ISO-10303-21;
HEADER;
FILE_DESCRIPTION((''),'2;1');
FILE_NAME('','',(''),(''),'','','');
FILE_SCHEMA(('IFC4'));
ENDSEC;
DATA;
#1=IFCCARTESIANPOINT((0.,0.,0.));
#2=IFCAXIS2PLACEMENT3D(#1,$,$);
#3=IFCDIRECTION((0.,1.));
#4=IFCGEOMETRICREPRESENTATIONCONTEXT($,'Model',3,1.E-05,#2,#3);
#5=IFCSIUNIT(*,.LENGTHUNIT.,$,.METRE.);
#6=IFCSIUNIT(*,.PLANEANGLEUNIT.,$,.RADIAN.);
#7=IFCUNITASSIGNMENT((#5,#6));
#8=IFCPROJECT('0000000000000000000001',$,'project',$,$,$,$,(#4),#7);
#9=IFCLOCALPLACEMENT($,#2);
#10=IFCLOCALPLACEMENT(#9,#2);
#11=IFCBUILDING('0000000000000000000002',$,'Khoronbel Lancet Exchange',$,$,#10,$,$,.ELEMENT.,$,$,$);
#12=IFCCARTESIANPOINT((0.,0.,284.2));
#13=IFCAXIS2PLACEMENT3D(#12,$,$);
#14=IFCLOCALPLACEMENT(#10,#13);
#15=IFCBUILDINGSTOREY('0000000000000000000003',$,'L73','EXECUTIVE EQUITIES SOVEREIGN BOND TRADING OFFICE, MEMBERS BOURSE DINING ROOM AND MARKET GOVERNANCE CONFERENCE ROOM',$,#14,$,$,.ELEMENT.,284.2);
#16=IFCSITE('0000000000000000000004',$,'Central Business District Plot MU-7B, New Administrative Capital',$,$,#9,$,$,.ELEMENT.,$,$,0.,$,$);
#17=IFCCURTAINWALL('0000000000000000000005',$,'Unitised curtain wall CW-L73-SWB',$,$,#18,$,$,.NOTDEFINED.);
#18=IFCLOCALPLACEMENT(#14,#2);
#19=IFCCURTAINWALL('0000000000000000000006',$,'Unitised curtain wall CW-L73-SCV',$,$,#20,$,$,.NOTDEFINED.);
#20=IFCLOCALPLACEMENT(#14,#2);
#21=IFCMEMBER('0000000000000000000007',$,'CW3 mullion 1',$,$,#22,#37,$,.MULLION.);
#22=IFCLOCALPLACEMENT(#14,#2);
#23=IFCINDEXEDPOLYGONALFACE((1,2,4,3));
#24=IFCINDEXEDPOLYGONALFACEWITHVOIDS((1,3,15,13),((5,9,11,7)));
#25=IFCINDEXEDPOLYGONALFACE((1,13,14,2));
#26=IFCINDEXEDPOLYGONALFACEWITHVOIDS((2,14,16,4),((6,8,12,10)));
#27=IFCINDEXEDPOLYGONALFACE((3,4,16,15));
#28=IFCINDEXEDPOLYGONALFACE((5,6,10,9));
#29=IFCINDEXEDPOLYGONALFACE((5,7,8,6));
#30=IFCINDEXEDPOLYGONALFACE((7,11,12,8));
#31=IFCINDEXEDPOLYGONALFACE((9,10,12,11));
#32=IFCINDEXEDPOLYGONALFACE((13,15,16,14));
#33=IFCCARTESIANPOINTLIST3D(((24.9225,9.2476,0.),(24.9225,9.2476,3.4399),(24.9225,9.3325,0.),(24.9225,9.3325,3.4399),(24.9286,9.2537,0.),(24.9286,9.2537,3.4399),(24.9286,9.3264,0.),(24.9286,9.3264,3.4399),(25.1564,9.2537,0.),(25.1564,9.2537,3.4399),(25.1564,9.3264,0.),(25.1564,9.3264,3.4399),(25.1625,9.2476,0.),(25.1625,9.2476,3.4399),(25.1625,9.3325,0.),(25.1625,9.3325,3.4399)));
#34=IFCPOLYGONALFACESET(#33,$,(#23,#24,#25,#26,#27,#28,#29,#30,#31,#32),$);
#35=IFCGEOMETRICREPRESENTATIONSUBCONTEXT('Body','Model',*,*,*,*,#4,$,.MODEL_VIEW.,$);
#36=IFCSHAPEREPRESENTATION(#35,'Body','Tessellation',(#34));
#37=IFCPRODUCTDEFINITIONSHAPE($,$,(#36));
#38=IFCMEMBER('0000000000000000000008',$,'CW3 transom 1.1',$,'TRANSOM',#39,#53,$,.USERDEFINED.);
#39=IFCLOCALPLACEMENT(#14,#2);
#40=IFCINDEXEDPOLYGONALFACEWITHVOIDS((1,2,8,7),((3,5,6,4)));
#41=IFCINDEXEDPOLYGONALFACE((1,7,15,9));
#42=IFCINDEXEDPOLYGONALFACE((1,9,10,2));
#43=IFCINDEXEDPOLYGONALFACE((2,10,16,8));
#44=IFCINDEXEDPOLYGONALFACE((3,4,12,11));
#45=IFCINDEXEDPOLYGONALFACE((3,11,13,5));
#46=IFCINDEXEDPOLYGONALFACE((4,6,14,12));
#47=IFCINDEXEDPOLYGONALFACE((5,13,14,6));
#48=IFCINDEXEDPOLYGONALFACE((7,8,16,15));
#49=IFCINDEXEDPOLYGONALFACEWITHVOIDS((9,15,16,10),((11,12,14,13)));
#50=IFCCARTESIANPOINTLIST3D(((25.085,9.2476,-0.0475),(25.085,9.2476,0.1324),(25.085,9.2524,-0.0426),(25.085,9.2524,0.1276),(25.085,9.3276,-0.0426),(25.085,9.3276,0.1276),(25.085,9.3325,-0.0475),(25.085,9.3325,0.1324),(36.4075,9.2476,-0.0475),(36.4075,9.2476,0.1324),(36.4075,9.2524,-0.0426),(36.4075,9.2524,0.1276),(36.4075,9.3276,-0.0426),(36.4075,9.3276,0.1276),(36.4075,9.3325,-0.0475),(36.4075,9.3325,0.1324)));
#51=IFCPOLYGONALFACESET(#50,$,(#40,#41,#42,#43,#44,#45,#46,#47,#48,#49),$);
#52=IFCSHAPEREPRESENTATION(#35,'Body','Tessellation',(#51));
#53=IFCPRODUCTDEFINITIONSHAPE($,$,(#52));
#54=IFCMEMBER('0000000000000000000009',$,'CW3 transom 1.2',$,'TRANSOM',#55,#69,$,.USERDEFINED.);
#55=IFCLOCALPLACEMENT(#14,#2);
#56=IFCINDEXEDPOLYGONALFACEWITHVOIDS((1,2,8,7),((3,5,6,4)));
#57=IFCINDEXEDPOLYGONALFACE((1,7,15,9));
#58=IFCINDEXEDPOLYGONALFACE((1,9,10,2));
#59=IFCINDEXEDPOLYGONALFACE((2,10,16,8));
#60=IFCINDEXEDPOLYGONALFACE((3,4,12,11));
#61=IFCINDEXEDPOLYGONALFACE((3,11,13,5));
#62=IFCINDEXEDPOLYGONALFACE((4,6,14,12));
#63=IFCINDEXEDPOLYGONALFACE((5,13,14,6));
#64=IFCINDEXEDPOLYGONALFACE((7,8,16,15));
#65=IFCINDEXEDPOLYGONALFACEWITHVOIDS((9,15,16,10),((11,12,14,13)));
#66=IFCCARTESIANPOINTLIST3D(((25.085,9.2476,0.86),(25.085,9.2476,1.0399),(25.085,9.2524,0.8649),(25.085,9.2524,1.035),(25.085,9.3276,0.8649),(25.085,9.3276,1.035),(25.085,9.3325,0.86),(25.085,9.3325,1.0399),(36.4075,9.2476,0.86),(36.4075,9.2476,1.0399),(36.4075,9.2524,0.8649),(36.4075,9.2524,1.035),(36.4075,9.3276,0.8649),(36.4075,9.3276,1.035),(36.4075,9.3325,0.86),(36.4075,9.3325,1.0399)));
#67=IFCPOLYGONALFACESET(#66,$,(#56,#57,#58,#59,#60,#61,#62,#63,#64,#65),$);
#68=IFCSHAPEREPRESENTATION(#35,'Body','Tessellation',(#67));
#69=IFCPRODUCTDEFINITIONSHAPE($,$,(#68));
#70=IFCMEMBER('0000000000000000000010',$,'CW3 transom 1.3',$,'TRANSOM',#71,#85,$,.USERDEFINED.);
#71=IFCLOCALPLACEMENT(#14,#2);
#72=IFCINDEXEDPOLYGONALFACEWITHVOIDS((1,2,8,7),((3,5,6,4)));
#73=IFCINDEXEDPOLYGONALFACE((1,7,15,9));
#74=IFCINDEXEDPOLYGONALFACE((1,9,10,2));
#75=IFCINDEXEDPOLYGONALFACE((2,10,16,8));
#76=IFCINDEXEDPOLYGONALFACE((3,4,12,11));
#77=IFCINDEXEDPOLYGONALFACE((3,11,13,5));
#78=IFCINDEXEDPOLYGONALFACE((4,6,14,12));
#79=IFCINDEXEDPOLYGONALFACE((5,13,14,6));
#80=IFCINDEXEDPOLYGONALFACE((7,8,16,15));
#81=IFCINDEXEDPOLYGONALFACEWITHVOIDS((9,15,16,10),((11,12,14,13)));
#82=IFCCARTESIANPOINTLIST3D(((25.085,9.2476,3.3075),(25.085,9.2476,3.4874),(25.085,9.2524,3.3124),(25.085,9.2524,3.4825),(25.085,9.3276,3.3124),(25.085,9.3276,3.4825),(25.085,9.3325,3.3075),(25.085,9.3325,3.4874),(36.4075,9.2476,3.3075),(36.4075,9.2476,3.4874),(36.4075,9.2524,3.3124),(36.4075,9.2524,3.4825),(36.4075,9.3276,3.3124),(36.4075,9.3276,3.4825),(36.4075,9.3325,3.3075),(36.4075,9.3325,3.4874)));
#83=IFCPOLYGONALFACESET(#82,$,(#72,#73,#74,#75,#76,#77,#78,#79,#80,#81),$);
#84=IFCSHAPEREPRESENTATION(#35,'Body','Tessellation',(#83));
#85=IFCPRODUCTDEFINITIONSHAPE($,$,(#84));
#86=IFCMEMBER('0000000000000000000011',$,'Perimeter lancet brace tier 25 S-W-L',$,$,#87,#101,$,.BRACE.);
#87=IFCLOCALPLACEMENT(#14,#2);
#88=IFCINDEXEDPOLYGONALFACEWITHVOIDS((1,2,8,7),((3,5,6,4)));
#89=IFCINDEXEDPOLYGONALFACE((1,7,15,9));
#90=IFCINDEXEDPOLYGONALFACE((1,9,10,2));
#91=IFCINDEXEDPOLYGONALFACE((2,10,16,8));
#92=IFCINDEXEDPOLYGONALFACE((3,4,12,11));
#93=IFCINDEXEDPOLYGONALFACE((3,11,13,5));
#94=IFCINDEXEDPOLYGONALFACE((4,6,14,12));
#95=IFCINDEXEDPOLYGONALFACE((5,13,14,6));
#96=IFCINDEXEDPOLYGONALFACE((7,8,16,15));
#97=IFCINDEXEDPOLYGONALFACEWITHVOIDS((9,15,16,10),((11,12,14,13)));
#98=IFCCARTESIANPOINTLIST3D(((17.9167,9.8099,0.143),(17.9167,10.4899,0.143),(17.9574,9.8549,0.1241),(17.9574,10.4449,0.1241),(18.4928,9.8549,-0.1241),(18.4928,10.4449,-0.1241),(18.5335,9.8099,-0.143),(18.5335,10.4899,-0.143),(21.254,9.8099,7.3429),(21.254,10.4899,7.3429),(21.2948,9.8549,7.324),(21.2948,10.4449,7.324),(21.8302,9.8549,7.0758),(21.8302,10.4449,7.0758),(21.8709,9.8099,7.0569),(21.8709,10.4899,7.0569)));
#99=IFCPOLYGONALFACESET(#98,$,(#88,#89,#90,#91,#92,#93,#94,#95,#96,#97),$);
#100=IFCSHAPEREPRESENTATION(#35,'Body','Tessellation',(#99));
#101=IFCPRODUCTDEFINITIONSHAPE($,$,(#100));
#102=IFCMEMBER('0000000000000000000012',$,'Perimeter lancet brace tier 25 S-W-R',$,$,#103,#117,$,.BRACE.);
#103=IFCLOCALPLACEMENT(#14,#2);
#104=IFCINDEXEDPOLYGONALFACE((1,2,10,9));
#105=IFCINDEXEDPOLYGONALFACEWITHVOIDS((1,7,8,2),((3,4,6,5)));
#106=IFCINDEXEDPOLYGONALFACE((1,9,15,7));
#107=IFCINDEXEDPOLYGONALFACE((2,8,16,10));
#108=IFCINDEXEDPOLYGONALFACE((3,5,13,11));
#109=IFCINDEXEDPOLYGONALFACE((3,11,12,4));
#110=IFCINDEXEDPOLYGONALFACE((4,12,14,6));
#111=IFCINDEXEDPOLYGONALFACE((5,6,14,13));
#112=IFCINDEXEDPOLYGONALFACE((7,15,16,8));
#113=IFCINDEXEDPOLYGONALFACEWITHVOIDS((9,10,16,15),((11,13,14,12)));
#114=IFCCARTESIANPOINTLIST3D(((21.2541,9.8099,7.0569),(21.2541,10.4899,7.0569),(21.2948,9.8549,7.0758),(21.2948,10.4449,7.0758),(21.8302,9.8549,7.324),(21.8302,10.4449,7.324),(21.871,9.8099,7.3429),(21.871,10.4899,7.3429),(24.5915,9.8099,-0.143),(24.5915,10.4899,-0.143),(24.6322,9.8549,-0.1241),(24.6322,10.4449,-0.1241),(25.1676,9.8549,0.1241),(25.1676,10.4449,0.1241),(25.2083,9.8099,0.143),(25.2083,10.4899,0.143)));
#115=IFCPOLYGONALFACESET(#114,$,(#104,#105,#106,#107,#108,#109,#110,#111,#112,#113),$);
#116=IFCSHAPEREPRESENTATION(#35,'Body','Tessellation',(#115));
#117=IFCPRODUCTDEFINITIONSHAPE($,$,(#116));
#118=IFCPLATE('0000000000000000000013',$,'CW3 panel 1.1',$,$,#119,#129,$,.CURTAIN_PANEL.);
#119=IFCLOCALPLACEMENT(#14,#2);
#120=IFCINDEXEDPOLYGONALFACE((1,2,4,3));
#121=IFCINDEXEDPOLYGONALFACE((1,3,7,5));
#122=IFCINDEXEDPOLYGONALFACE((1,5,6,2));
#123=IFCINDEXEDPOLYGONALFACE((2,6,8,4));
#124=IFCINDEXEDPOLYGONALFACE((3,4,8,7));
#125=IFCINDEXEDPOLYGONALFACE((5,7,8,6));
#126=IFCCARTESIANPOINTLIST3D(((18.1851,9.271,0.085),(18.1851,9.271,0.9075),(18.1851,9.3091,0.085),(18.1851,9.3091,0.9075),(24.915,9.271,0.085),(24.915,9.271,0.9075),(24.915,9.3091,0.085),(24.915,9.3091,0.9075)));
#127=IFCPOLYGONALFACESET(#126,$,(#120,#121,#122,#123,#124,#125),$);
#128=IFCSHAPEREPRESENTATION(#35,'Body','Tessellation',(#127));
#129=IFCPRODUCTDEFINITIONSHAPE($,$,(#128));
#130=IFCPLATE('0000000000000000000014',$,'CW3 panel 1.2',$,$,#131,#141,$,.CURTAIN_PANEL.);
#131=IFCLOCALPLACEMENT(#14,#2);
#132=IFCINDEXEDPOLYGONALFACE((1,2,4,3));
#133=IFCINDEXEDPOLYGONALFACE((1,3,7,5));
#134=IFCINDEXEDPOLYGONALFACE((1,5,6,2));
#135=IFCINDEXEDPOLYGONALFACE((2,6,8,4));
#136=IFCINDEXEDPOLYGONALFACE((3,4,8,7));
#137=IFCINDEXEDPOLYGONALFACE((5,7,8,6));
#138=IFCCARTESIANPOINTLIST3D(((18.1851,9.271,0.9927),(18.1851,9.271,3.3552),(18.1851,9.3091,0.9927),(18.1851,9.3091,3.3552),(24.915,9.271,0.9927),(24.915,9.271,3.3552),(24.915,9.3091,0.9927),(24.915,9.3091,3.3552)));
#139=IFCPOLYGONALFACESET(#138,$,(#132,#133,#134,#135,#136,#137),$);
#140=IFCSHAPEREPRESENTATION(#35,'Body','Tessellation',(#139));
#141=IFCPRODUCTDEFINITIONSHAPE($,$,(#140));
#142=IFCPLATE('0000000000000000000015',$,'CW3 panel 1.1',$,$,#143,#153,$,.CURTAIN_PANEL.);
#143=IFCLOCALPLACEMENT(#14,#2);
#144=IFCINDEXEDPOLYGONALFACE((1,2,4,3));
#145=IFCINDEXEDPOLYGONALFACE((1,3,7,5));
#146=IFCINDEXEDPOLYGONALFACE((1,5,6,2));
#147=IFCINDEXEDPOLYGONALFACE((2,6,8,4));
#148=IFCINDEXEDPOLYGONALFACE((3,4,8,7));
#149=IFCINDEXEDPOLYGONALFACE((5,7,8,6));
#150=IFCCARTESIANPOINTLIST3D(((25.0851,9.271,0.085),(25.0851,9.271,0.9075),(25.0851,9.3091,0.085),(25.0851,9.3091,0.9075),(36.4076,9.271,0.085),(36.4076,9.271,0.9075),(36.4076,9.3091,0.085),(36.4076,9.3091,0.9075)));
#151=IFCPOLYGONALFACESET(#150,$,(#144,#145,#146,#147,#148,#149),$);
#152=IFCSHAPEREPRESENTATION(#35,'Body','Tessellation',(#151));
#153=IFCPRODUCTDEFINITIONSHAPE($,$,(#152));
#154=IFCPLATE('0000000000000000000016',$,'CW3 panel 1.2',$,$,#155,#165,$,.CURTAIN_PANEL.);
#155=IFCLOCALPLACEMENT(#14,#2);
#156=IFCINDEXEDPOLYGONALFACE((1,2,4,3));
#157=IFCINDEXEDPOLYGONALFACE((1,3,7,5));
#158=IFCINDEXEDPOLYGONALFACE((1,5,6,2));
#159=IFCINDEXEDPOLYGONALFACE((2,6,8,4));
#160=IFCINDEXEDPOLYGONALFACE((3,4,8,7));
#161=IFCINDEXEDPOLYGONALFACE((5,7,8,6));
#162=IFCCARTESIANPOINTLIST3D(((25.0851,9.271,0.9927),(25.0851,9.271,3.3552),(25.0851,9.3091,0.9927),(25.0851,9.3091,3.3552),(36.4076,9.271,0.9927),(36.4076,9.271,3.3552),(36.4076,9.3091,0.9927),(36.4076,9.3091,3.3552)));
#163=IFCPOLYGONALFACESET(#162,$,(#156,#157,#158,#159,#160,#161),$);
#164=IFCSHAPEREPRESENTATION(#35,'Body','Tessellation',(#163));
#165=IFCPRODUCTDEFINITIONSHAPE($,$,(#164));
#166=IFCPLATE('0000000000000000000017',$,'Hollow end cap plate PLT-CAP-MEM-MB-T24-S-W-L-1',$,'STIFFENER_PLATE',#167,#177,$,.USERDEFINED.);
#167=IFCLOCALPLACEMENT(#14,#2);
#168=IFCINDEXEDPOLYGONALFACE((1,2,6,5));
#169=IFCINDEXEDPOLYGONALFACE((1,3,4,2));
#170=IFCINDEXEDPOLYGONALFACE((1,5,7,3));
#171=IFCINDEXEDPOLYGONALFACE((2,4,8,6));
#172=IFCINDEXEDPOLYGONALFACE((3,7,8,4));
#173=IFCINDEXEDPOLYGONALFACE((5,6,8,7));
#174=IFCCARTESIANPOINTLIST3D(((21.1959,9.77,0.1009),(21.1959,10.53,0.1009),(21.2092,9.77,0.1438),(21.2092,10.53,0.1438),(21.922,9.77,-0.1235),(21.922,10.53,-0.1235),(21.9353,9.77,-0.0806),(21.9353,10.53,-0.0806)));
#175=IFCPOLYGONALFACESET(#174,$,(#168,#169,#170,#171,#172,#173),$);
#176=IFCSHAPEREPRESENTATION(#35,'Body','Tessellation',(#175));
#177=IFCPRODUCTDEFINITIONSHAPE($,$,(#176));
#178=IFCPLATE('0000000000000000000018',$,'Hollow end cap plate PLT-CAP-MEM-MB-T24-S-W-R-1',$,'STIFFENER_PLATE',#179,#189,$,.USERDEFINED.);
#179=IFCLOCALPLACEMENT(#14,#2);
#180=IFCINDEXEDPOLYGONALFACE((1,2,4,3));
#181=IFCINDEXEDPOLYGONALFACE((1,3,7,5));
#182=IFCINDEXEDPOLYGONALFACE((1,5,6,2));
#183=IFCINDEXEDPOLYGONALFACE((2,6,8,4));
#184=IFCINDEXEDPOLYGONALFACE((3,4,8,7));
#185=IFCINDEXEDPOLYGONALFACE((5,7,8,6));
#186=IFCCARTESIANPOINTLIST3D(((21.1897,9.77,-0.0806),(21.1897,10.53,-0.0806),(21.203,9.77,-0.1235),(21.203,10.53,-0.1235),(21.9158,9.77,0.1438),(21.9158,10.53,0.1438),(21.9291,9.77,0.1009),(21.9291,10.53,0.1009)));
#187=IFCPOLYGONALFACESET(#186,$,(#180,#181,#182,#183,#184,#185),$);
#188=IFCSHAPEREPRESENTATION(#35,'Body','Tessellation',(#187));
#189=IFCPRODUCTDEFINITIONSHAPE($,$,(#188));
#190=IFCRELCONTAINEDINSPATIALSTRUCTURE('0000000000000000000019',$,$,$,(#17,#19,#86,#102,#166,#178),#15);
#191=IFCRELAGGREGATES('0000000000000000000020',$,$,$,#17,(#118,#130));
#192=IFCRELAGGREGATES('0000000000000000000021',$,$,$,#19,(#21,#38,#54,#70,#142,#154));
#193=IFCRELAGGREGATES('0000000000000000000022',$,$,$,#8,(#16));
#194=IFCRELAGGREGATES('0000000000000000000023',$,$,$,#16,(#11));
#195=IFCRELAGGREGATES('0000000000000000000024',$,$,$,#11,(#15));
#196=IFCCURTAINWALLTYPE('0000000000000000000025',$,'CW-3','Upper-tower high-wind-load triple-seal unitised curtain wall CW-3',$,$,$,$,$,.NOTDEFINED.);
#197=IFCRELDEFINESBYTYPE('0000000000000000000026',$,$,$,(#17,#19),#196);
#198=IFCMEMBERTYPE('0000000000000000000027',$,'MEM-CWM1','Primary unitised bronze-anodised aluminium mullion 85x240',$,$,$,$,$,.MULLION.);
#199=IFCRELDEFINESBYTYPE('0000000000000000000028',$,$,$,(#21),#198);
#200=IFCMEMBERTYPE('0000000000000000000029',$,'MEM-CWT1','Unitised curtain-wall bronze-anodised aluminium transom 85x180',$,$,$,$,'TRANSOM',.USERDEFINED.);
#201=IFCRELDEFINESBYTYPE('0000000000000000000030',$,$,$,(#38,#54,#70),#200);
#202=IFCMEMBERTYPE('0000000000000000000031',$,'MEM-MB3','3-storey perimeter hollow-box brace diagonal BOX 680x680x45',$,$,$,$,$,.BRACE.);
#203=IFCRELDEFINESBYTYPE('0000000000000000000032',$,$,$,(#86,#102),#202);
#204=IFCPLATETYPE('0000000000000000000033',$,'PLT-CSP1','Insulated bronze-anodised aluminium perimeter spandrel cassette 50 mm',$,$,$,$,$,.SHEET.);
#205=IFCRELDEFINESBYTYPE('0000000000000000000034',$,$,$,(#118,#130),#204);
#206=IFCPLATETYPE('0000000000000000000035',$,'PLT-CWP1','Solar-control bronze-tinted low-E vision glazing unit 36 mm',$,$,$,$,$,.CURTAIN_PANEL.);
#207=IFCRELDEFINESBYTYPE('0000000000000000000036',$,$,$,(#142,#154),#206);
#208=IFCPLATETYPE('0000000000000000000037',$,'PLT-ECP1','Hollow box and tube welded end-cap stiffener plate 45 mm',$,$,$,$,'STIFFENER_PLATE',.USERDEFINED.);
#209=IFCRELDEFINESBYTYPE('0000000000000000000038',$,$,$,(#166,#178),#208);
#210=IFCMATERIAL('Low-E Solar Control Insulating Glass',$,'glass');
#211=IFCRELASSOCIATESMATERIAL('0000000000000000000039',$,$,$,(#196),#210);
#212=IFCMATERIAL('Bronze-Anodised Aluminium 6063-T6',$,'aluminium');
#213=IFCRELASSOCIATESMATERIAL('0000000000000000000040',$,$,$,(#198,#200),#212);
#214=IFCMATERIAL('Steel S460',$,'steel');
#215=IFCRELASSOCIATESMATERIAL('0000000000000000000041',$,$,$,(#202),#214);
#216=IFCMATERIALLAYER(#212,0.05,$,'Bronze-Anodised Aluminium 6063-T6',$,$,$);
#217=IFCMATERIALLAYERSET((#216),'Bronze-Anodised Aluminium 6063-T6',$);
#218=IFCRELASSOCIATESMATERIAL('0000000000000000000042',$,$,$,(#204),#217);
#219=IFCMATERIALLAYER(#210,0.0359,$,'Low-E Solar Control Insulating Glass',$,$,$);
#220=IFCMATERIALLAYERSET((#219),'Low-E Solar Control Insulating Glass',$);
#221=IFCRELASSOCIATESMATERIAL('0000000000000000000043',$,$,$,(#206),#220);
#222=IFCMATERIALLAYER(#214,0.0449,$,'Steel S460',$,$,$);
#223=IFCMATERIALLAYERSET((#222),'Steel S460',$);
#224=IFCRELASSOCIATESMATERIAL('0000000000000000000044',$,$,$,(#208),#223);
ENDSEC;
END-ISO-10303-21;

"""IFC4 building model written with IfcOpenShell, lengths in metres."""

from ifc_helpers import new_model, si_unit, direction, frame, origin, origin_2d, place, context, subcontext, project, spatial, polyline, rectangle, hollow_rectangle, outline, extrude, material, layer, layer_set, material_profile, profile_set, type_object, element, aggregate, save


model = new_model("IFC4")

# Units and contexts
model_context = context("Model", 3, precision=1e-05, world=origin(), true_north=direction((0.0, 1.0)))
body_context = subcontext(model_context, "Body", "Model", "MODEL_VIEW")
ifc_project = project(units=[si_unit("LENGTHUNIT", "METRE"), si_unit("PLANEANGLEUNIT", "RADIAN")], contexts=[model_context])

# Site, building, storey
site_placement = place(None, origin())
site = spatial("IfcSite", under=ifc_project, at=site_placement, Name="Central Business District Plot MU-7B, New Administrative Capital", CompositionType="ELEMENT", RefElevation=0.0)
building_placement = place(site_placement, origin())
building = spatial("IfcBuilding", under=site, at=building_placement, Name="Khoronbel Lancet Exchange", CompositionType="ELEMENT")
storey_placement = place(building_placement, frame((0.0, 0.0, 284.2)))
storey = spatial("IfcBuildingStorey", under=building, at=storey_placement, Name="L73", Description="EXECUTIVE EQUITIES SOVEREIGN BOND TRADING OFFICE, MEMBERS BOURSE DINING ROOM AND MARKET GOVERNANCE CONFERENCE ROOM", CompositionType="ELEMENT", Elevation=284.2)

# Shared definitions
ifc_material_1 = material(Name="Steel S460", Category="steel")

# Curtain wall
ifc_material_2 = material(Name="Low-E Solar Control Insulating Glass", Category="glass")
curtain_wall_type = type_object("IfcCurtainWallType", Name="CW-3", Description="Upper-tower high-wind-load triple-seal unitised curtain wall CW-3", PredefinedType="NOTDEFINED", material=ifc_material_2)
curtain_wall_1_placement = place(storey_placement, origin())
curtain_wall_1 = element("IfcCurtainWall", 1, at=curtain_wall_1_placement, inside=storey, type_object=curtain_wall_type, Name="Unitised curtain wall CW-L73-SWB", PredefinedType="NOTDEFINED")
ifc_material_3 = material(Name="Bronze-Anodised Aluminium 6063-T6", Category="aluminium")
ifc_material_profile_1 = material_profile(ifc_material_3, hollow_rectangle(XDim=0.085, YDim=0.24, WallThickness=0.0061, at=origin_2d()), Name="ALU MULLION 85x240")
ifc_profile_set_1 = profile_set([ifc_material_profile_1], Name="Bronze-Anodised Aluminium 6063-T6")
member_type_1 = type_object("IfcMemberType", Name="MEM-CWM1", Description="Primary unitised bronze-anodised aluminium mullion 85x240", PredefinedType="MULLION", material=ifc_profile_set_1)

# Curtain wall, members
curtain_wall_2_placement = place(storey_placement, origin())
curtain_wall_2 = element("IfcCurtainWall", 2, at=curtain_wall_2_placement, inside=storey, type_object=curtain_wall_type, Name="Unitised curtain wall CW-L73-SCV", PredefinedType="NOTDEFINED")
member_1_placement = place(storey_placement, frame((25.0425, 9.29, 0.0), z_axis=(0.0, 0.0, 1.0), x_axis=(0.0, 1.0, 0.0)))
member_1 = element("IfcMember", 3, at=member_1_placement, type_object=member_type_1, Name="CW3 mullion 1", PredefinedType="MULLION", context=body_context, shape_type="SweptSolid", body=[
    extrude(hollow_rectangle(XDim=0.085, YDim=0.24, WallThickness=0.0061, at=origin_2d()), origin(), (0.0, 0.0, 1.0), 3.4399),
])
ifc_material_profile_2 = material_profile(ifc_material_3, hollow_rectangle(XDim=0.085, YDim=0.1799, WallThickness=0.0049, at=origin_2d()), Name="ALU TRANSOM 85x180")
ifc_profile_set_2 = profile_set([ifc_material_profile_2], Name="Bronze-Anodised Aluminium 6063-T6")
member_type_2 = type_object("IfcMemberType", Name="MEM-CWT1", Description="Unitised curtain-wall bronze-anodised aluminium transom 85x180", ElementType="TRANSOM", PredefinedType="USERDEFINED", material=ifc_profile_set_2)
member_2_placement = place(storey_placement, frame((25.085, 9.29, 0.0425), z_axis=(1.0, 0.0, 0.0), x_axis=(0.0, 1.0, 0.0)))
member_2 = element("IfcMember", 4, at=member_2_placement, type_object=member_type_2, Name="CW3 transom 1.1", ObjectType="TRANSOM", PredefinedType="USERDEFINED", context=body_context, shape_type="SweptSolid", body=[
    extrude(hollow_rectangle(XDim=0.085, YDim=0.1799, WallThickness=0.0049, at=origin_2d()), origin(), (0.0, 0.0, 1.0), 11.3225),
])
member_3_placement = place(storey_placement, frame((25.085, 9.29, 0.95), z_axis=(1.0, 0.0, 0.0), x_axis=(0.0, 1.0, 0.0)))
member_3 = element("IfcMember", 5, at=member_3_placement, type_object=member_type_2, Name="CW3 transom 1.2", ObjectType="TRANSOM", PredefinedType="USERDEFINED", context=body_context, shape_type="SweptSolid", body=[
    extrude(hollow_rectangle(XDim=0.085, YDim=0.1799, WallThickness=0.0049, at=origin_2d()), origin(), (0.0, 0.0, 1.0), 11.3225),
])
member_4_placement = place(storey_placement, frame((25.085, 9.29, 3.3975), z_axis=(1.0, 0.0, 0.0), x_axis=(0.0, 1.0, 0.0)))
member_4 = element("IfcMember", 6, at=member_4_placement, type_object=member_type_2, Name="CW3 transom 1.3", ObjectType="TRANSOM", PredefinedType="USERDEFINED", context=body_context, shape_type="SweptSolid", body=[
    extrude(hollow_rectangle(XDim=0.085, YDim=0.1799, WallThickness=0.0049, at=origin_2d()), origin(), (0.0, 0.0, 1.0), 11.3225),
])

# Members
ifc_material_profile_3 = material_profile(ifc_material_1, hollow_rectangle(XDim=0.6799, YDim=0.6799, WallThickness=0.0449, at=origin_2d()), Name="BOX 680x680x45")
ifc_profile_set_3 = profile_set([ifc_material_profile_3], Name="Steel S460")
member_type_3 = type_object("IfcMemberType", Name="MEM-MB3", Description="3-storey perimeter hollow-box brace diagonal BOX 680x680x45", PredefinedType="BRACE", material=ifc_profile_set_3)
for number, where, z_axis, x_axis, name in (
    (7, (18.2251, 10.1499, 0.0), (0.420548, 0.0, 0.90727), (0.0, 1.0, 0.0), "Perimeter lancet brace tier 25 S-W-L"),
    (8, (24.8999, 10.1499, 0.0), (-0.420548, 0.0, 0.90727), (0.0, -1.0, 0.0), "Perimeter lancet brace tier 25 S-W-R"),
):
    element("IfcMember", number, at=place(storey_placement, frame(where, z_axis=z_axis, x_axis=x_axis)), inside=storey, type_object=member_type_3, Name=name, PredefinedType="BRACE", context=body_context, shape_type="SweptSolid", body=[
        extrude(hollow_rectangle(XDim=0.6799, YDim=0.6799, WallThickness=0.0449, at=origin_2d()), origin(), (0.0, 0.0, 1.0), 7.9358),
    ])

# Plates
ifc_layer_1 = layer(ifc_material_3, 0.05, Name="Bronze-Anodised Aluminium 6063-T6")
ifc_layer_set_1 = layer_set([ifc_layer_1], Name="Bronze-Anodised Aluminium 6063-T6")
plate_type_1 = type_object("IfcPlateType", Name="PLT-CSP1", Description="Insulated bronze-anodised aluminium perimeter spandrel cassette 50 mm", PredefinedType="SHEET", material=ifc_layer_set_1)
plate_1_placement = place(storey_placement, frame((21.55, 9.29, 0.085), z_axis=(0.0, 0.0, 1.0), x_axis=(1.0, 0.0, 0.0)))
plate_1 = element("IfcPlate", 9, at=plate_1_placement, type_object=plate_type_1, Name="CW3 panel 1.1", PredefinedType="CURTAIN_PANEL", context=body_context, shape_type="SweptSolid", body=[
    extrude(rectangle(XDim=6.73, YDim=0.0381, at=origin_2d()), origin(), (0.0, 0.0, 1.0), 0.8225),
])
plate_2_placement = place(storey_placement, frame((21.55, 9.29, 0.9927), z_axis=(0.0, 0.0, 1.0), x_axis=(1.0, 0.0, 0.0)))
plate_2 = element("IfcPlate", 10, at=plate_2_placement, type_object=plate_type_1, Name="CW3 panel 1.2", PredefinedType="CURTAIN_PANEL", context=body_context, shape_type="SweptSolid", body=[
    extrude(rectangle(XDim=6.73, YDim=0.0381, at=origin_2d()), origin(), (0.0, 0.0, 1.0), 2.3625),
])
aggregate(curtain_wall_1, [plate_1, plate_2])
ifc_layer_2 = layer(ifc_material_2, 0.0359, Name="Low-E Solar Control Insulating Glass")
ifc_layer_set_2 = layer_set([ifc_layer_2], Name="Low-E Solar Control Insulating Glass")
plate_type_2 = type_object("IfcPlateType", Name="PLT-CWP1", Description="Solar-control bronze-tinted low-E vision glazing unit 36 mm", PredefinedType="CURTAIN_PANEL", material=ifc_layer_set_2)
plate_3_placement = place(storey_placement, frame((30.7463, 9.29, 0.085), z_axis=(0.0, 0.0, 1.0), x_axis=(1.0, 0.0, 0.0)))
plate_3 = element("IfcPlate", 11, at=plate_3_placement, type_object=plate_type_2, Name="CW3 panel 1.1", PredefinedType="CURTAIN_PANEL", context=body_context, shape_type="SweptSolid", body=[
    extrude(rectangle(XDim=11.3225, YDim=0.0381, at=origin_2d()), origin(), (0.0, 0.0, 1.0), 0.8225),
])
plate_4_placement = place(storey_placement, frame((30.7463, 9.29, 0.9927), z_axis=(0.0, 0.0, 1.0), x_axis=(1.0, 0.0, 0.0)))
plate_4 = element("IfcPlate", 12, at=plate_4_placement, type_object=plate_type_2, Name="CW3 panel 1.2", PredefinedType="CURTAIN_PANEL", context=body_context, shape_type="SweptSolid", body=[
    extrude(rectangle(XDim=11.3225, YDim=0.0381, at=origin_2d()), origin(), (0.0, 0.0, 1.0), 2.3625),
])
aggregate(curtain_wall_2, [member_1, member_2, member_3, member_4, plate_3, plate_4])

# Plates
ifc_layer_3 = layer(ifc_material_1, 0.0449, Name="Steel S460")
ifc_layer_set_3 = layer_set([ifc_layer_3], Name="Steel S460")
plate_type_3 = type_object("IfcPlateType", Name="PLT-ECP1", Description="Hollow box and tube welded end-cap stiffener plate 45 mm", ElementType="STIFFENER_PLATE", PredefinedType="USERDEFINED", material=ifc_layer_set_3)
for number, where, z_axis, x_axis, name in (
    (13, (21.9353, 9.77, -0.0806), (0.295237, 0.0, 0.955424), (0.0, 1.0, 0.0), "Hollow end cap plate PLT-CAP-MEM-MB-T24-S-W-L-1"),
    (14, (21.1897, 10.53, -0.0806), (-0.295237, 0.0, 0.955424), (0.0, -1.0, 0.0), "Hollow end cap plate PLT-CAP-MEM-MB-T24-S-W-R-1"),
):
    element("IfcPlate", number, at=place(storey_placement, frame(where, z_axis=z_axis, x_axis=x_axis)), inside=storey, type_object=plate_type_3, Name=name, ObjectType="STIFFENER_PLATE", PredefinedType="USERDEFINED", context=body_context, shape_type="SweptSolid", body=[
        extrude(outline(polyline([(0.0, 0.0), (0.76, 0.0), (0.76, 0.76), (0.0, 0.76), (0.0, 0.0)])), origin(), (0.0, 0.0, -1.0), 0.0449),
    ])

save(model, "model.ifc")
